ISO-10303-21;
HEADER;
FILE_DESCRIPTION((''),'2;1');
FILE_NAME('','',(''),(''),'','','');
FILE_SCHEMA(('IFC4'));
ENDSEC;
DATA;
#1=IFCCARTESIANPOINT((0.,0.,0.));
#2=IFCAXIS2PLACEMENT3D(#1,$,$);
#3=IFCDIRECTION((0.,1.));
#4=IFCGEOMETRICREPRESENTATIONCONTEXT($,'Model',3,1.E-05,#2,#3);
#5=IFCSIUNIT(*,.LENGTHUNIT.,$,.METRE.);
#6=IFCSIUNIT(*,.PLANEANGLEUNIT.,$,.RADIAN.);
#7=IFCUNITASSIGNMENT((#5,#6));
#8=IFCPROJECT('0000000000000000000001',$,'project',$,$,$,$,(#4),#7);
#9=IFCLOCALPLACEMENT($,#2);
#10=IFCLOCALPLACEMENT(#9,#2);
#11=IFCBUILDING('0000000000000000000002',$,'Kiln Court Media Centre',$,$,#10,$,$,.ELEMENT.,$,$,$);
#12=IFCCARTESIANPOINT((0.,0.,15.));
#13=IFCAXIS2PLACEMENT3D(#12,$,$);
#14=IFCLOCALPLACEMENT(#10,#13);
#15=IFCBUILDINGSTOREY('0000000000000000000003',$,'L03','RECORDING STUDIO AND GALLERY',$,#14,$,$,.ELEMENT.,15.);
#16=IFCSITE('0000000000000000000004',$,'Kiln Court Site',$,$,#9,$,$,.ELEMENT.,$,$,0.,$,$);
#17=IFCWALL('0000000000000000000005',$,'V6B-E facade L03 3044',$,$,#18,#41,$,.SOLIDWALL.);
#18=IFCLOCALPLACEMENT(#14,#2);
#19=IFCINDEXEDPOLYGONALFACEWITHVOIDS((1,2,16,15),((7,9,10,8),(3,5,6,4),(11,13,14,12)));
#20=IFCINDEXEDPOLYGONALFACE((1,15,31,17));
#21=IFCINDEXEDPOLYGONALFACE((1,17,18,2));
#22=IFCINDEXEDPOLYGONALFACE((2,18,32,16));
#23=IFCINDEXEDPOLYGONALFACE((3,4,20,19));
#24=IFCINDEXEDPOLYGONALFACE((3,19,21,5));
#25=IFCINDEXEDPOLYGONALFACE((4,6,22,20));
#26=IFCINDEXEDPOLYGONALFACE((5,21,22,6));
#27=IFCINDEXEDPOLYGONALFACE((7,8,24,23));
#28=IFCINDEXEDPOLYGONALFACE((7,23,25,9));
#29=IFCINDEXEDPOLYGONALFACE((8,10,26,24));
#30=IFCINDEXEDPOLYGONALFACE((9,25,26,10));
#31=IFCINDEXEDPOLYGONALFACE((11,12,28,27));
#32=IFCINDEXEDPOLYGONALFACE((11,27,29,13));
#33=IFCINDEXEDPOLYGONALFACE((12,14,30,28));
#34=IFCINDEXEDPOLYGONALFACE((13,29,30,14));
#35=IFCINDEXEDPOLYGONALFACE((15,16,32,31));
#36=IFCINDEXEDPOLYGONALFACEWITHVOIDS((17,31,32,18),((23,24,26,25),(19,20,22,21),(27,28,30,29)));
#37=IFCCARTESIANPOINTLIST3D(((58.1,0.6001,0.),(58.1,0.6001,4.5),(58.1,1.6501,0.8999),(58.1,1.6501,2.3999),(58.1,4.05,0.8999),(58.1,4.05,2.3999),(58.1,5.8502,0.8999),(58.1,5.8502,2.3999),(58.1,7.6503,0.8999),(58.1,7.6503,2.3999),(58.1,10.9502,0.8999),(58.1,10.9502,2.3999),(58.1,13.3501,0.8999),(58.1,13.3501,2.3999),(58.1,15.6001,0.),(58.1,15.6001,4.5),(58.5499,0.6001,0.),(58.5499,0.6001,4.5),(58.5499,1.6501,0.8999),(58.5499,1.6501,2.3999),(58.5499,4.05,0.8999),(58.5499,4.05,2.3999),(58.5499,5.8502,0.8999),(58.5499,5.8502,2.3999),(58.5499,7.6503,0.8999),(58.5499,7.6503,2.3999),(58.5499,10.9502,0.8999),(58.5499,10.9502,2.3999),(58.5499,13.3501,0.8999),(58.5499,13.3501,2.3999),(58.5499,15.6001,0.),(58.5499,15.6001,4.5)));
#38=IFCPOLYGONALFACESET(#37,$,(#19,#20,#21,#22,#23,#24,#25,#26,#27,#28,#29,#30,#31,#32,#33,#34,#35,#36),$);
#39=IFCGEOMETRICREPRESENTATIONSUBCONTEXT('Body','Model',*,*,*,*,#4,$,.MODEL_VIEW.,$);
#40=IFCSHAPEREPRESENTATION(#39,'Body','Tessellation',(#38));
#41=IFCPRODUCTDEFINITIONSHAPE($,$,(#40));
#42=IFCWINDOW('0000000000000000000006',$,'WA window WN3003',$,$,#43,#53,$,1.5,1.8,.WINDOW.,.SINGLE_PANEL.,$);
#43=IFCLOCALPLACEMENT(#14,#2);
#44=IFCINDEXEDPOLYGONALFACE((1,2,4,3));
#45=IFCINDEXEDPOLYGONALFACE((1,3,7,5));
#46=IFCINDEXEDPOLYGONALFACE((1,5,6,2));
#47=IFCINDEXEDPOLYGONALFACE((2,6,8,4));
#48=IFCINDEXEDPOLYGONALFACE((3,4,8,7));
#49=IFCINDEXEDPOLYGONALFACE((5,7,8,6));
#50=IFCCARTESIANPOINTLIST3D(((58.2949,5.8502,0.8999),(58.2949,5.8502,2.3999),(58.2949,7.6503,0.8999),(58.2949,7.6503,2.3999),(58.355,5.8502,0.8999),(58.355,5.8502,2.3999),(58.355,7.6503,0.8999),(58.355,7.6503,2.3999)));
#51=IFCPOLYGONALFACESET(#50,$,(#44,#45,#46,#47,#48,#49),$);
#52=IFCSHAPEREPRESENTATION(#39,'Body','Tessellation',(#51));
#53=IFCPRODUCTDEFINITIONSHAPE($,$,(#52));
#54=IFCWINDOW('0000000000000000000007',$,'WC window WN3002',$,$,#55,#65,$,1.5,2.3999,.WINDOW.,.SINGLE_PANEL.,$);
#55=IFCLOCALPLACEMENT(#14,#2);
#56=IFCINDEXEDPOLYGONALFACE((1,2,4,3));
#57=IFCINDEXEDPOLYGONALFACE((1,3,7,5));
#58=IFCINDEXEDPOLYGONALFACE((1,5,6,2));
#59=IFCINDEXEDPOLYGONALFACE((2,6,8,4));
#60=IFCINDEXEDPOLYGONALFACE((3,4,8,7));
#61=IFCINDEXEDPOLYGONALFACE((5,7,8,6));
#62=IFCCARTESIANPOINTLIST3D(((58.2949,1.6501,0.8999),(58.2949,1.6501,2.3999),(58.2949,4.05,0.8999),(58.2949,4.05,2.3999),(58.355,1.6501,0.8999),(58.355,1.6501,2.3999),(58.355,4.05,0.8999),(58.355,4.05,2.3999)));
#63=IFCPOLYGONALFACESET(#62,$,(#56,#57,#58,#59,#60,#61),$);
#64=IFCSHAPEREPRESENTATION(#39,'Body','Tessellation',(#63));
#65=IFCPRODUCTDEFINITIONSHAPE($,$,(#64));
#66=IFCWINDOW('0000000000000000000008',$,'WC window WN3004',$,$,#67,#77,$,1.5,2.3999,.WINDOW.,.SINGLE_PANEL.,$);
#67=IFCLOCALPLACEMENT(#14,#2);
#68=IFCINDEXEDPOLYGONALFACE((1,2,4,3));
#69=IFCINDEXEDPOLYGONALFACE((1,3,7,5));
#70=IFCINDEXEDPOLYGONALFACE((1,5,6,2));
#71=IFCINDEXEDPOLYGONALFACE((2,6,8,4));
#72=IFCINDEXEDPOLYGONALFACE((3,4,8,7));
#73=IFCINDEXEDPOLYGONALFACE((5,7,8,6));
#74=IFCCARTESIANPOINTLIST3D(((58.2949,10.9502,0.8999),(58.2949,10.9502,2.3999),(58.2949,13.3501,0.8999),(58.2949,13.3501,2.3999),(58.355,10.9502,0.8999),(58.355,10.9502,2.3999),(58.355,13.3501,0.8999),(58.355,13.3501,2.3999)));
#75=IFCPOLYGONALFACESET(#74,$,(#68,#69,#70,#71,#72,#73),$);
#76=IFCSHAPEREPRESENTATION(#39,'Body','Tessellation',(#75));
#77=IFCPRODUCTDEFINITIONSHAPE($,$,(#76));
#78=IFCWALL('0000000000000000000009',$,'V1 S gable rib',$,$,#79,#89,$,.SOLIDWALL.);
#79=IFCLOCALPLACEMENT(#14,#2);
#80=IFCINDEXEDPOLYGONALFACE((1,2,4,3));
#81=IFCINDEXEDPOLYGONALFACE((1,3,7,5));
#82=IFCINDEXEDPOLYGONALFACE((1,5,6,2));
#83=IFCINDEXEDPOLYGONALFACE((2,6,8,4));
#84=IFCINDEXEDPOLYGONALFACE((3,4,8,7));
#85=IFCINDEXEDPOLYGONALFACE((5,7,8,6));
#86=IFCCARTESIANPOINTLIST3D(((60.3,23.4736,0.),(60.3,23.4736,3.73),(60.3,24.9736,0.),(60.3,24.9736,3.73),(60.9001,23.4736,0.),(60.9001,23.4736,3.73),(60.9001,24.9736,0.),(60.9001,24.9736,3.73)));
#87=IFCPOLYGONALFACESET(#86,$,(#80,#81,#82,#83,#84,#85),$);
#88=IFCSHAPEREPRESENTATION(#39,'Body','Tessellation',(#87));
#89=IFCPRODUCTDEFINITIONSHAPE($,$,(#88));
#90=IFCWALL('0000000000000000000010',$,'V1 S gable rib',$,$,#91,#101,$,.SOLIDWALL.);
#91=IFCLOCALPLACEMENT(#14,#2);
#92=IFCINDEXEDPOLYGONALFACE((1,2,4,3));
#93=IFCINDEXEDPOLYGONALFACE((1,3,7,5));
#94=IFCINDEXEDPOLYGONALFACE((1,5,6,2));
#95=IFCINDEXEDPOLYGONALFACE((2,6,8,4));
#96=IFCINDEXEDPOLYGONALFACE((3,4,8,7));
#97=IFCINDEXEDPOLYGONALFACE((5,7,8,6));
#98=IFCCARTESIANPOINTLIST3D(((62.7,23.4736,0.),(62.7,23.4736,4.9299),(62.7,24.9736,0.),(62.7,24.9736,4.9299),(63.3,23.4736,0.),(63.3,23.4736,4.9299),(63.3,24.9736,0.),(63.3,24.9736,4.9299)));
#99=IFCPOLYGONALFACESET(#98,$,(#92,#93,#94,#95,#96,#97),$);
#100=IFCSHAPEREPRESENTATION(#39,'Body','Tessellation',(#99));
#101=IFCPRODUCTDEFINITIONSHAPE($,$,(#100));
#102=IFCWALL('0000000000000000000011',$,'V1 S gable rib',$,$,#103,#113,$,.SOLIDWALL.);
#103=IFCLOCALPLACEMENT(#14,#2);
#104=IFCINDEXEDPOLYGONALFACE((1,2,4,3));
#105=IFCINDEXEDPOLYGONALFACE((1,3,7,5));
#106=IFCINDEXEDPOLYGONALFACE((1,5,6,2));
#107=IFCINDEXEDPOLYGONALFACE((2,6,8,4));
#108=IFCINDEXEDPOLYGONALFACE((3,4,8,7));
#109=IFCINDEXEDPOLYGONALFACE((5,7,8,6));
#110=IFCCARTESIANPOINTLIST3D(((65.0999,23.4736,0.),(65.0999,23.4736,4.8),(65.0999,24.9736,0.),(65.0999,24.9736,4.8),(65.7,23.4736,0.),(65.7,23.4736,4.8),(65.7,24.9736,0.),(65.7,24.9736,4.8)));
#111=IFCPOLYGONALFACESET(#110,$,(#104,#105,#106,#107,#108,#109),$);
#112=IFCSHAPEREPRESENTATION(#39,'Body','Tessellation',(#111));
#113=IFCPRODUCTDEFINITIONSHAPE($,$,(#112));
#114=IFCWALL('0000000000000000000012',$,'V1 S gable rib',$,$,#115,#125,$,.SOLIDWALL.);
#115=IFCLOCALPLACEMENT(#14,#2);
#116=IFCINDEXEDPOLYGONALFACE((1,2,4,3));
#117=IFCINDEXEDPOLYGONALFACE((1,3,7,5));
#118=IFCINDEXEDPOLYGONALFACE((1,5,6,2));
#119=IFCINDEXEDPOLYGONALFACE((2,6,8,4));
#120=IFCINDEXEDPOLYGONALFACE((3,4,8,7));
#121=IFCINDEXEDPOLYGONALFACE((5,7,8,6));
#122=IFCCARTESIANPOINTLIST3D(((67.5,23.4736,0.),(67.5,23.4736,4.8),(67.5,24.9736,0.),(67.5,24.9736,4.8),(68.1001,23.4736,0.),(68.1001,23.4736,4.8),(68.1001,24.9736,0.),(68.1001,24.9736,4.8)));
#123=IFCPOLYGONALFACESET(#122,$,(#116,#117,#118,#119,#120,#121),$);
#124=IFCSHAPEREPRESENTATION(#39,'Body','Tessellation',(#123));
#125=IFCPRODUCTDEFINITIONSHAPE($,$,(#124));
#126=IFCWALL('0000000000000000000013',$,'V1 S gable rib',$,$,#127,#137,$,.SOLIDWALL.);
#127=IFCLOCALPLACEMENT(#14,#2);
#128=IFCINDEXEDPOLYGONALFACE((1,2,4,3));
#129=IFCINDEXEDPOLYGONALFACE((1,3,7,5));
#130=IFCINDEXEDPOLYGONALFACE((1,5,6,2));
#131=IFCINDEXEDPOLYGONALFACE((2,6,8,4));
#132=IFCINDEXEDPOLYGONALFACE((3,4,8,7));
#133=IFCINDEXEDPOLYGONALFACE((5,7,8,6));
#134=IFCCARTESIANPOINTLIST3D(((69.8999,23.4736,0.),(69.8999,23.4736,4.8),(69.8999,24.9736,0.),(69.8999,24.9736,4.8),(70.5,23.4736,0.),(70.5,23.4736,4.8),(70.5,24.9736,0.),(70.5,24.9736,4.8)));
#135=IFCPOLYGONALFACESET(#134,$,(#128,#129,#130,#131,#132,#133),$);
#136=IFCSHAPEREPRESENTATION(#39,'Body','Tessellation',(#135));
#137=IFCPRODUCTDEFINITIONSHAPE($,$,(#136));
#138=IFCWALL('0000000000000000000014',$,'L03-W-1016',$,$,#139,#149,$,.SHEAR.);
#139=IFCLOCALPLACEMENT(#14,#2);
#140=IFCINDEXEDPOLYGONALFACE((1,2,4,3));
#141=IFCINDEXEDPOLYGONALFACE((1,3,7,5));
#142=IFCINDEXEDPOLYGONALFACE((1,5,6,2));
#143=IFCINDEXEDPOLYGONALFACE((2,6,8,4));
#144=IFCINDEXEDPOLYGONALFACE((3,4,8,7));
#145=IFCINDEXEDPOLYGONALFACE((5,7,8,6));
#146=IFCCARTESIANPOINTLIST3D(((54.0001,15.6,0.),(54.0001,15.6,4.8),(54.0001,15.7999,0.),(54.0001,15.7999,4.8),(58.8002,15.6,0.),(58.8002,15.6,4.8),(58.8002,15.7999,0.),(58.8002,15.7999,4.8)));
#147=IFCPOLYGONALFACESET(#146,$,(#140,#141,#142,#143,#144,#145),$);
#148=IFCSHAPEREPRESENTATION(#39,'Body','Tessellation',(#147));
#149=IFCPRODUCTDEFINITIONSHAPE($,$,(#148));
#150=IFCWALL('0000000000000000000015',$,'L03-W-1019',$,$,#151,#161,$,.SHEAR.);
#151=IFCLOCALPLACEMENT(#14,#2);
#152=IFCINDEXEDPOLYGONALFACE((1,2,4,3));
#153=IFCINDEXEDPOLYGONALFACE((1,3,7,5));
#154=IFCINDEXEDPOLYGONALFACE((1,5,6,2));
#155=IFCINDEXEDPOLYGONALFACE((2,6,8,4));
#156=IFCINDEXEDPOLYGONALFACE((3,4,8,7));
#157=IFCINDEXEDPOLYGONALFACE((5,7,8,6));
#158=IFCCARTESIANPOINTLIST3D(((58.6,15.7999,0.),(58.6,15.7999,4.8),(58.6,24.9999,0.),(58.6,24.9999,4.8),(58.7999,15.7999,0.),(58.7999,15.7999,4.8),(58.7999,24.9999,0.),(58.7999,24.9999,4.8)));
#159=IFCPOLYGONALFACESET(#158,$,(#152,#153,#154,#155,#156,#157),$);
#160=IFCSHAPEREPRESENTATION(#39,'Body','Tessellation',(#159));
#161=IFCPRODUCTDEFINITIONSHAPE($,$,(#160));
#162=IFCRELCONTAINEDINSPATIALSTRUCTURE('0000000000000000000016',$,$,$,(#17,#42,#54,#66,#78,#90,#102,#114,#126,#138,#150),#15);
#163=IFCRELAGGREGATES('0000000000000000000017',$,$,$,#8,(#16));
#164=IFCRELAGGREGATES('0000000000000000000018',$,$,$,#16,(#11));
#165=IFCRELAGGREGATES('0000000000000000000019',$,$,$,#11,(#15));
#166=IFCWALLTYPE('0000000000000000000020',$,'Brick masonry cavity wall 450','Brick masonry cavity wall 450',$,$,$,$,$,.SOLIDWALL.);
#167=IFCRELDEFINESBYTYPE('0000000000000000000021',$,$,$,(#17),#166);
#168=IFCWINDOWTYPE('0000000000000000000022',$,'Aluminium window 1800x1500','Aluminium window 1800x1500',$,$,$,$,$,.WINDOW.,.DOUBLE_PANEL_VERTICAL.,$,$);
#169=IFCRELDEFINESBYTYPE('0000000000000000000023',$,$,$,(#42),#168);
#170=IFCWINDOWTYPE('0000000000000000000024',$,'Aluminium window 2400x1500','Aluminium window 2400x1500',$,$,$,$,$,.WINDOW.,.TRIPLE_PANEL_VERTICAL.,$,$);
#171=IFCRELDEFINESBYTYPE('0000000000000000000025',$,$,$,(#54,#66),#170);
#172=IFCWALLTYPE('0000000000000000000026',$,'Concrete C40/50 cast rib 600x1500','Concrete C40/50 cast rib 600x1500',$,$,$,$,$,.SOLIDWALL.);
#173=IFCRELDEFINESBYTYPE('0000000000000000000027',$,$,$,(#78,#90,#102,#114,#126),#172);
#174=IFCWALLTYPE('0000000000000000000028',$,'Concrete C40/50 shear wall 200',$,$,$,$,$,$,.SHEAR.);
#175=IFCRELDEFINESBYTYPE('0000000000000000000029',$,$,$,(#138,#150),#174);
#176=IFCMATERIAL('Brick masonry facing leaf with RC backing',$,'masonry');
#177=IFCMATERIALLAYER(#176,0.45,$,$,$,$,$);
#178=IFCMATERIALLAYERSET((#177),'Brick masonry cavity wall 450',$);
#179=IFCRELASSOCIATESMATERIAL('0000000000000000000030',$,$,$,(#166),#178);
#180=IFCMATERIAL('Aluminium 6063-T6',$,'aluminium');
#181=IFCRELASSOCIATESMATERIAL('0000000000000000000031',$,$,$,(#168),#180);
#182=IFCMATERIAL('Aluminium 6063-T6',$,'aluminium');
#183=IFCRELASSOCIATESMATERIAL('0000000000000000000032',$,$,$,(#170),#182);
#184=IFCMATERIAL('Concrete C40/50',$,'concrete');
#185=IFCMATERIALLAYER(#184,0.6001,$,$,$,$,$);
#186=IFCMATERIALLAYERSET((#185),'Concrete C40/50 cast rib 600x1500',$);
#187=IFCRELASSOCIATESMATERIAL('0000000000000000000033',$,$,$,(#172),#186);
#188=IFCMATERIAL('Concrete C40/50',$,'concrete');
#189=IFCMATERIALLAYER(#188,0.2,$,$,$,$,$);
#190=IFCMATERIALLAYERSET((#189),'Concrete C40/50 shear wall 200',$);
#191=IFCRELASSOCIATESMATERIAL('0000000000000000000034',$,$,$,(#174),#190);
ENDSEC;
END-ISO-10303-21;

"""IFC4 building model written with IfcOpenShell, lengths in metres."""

from ifc_helpers import new_model, si_unit, direction, frame, frame_2d, origin, place, context, subcontext, project, spatial, rectangle, extrude, material, layer, layer_set, type_object, element, fill, save


model = new_model("IFC4")

# Units and contexts
model_context = context("Model", 3, precision=1e-05, world=origin(), true_north=direction((0.0, 1.0)))
body_context = subcontext(model_context, "Body", "Model", "MODEL_VIEW")
ifc_project = project(units=[si_unit("LENGTHUNIT", "METRE"), si_unit("PLANEANGLEUNIT", "RADIAN")], contexts=[model_context])

# Site, building, storey
site_placement = place(None, origin())
site = spatial("IfcSite", under=ifc_project, at=site_placement, Name="Kiln Court Site", CompositionType="ELEMENT", RefElevation=0.0)
building_placement = place(site_placement, origin())
building = spatial("IfcBuilding", under=site, at=building_placement, Name="Kiln Court Media Centre", CompositionType="ELEMENT")
storey_placement = place(building_placement, frame((0.0, 0.0, 15.0)))
storey = spatial("IfcBuildingStorey", under=building, at=storey_placement, Name="L03", Description="RECORDING STUDIO AND GALLERY", CompositionType="ELEMENT", Elevation=15.0)

# Wall, openings, windows
ifc_material_1 = material(Name="Brick masonry facing leaf with RC backing", Category="masonry")
ifc_layer_1 = layer(ifc_material_1, 0.45)
ifc_layer_set_1 = layer_set([ifc_layer_1], Name="Brick masonry cavity wall 450")
wall_type_1 = type_object("IfcWallType", Name="Brick masonry cavity wall 450", Description="Brick masonry cavity wall 450", PredefinedType="SOLIDWALL", material=ifc_layer_set_1)
wall_1_placement = place(storey_placement, frame((58.325, 15.6001, 0.0), z_axis=(0.0, 0.0, 1.0), x_axis=(0.0, -1.0, 0.0)))
wall_1 = element("IfcWall", 1, at=wall_1_placement, inside=storey, type_object=wall_type_1, Name="V6B-E facade L03 3044", PredefinedType="SOLIDWALL", context=body_context, shape_type="SweptSolid", body=[
    extrude(rectangle(XDim=15.0, YDim=0.45, at=frame_2d((7.5, 0.0))), origin(), (0.0, 0.0, 1.0), 4.5),
])
opening_1_placement = place(wall_1_placement, frame((11.55, 0.0, 0.8999)))
opening_1 = element("IfcOpeningElement", 2, at=opening_1_placement, cuts=wall_1, PredefinedType="OPENING", context=body_context, shape_type="SweptSolid", body=[
    extrude(rectangle(XDim=2.3999, YDim=1.5, at=frame_2d((1.2, 0.75))), frame((0.0, 0.2349, 0.0), z_axis=(0.0, -1.0, 0.0), x_axis=(1.0, 0.0, 0.0)), (0.0, 0.0, 1.0), 0.47),
])
opening_2_placement = place(wall_1_placement, frame((7.95, 0.0, 0.8999)))
opening_2 = element("IfcOpeningElement", 3, at=opening_2_placement, cuts=wall_1, PredefinedType="OPENING", context=body_context, shape_type="SweptSolid", body=[
    extrude(rectangle(XDim=1.8, YDim=1.5, at=frame_2d((0.8999, 0.75))), frame((0.0, 0.2349, 0.0), z_axis=(0.0, -1.0, 0.0), x_axis=(1.0, 0.0, 0.0)), (0.0, 0.0, 1.0), 0.47),
])
opening_3_placement = place(wall_1_placement, frame((2.25, 0.0, 0.8999)))
opening_3 = element("IfcOpeningElement", 4, at=opening_3_placement, cuts=wall_1, PredefinedType="OPENING", context=body_context, shape_type="SweptSolid", body=[
    extrude(rectangle(XDim=2.3999, YDim=1.5, at=frame_2d((1.2, 0.75))), frame((0.0, 0.2349, 0.0), z_axis=(0.0, -1.0, 0.0), x_axis=(1.0, 0.0, 0.0)), (0.0, 0.0, 1.0), 0.47),
])
ifc_material_2 = material(Name="Aluminium 6063-T6", Category="aluminium")
window_type_1 = type_object("IfcWindowType", Name="Aluminium window 1800x1500", Description="Aluminium window 1800x1500", PartitioningType="DOUBLE_PANEL_VERTICAL", PredefinedType="WINDOW", material=ifc_material_2)
window_1_placement = place(opening_2_placement, origin())
window_1 = element("IfcWindow", 5, at=window_1_placement, inside=storey, type_object=window_type_1, Name="WA window WN3003", OverallHeight=1.5, OverallWidth=1.8, PartitioningType="SINGLE_PANEL", PredefinedType="WINDOW", context=body_context, shape_type="SweptSolid", body=[
    extrude(rectangle(XDim=1.8, YDim=1.5, at=frame_2d((0.8999, 0.75))), frame((0.0, 0.03, 0.0), z_axis=(0.0, -1.0, 0.0), x_axis=(1.0, 0.0, 0.0)), (0.0, 0.0, 1.0), 0.0601),
])
fill(opening_2, window_1)
ifc_material_3 = material(Name="Aluminium 6063-T6", Category="aluminium")
window_type_2 = type_object("IfcWindowType", Name="Aluminium window 2400x1500", Description="Aluminium window 2400x1500", PartitioningType="TRIPLE_PANEL_VERTICAL", PredefinedType="WINDOW", material=ifc_material_3)
window_2_placement = place(opening_1_placement, origin())
window_2 = element("IfcWindow", 6, at=window_2_placement, inside=storey, type_object=window_type_2, Name="WC window WN3002", OverallHeight=1.5, OverallWidth=2.3999, PartitioningType="SINGLE_PANEL", PredefinedType="WINDOW", context=body_context, shape_type="SweptSolid", body=[
    extrude(rectangle(XDim=2.3999, YDim=1.5, at=frame_2d((1.2, 0.75))), frame((0.0, 0.03, 0.0), z_axis=(0.0, -1.0, 0.0), x_axis=(1.0, 0.0, 0.0)), (0.0, 0.0, 1.0), 0.0601),
])
fill(opening_1, window_2)
window_3_placement = place(opening_3_placement, origin())
window_3 = element("IfcWindow", 7, at=window_3_placement, inside=storey, type_object=window_type_2, Name="WC window WN3004", OverallHeight=1.5, OverallWidth=2.3999, PartitioningType="SINGLE_PANEL", PredefinedType="WINDOW", context=body_context, shape_type="SweptSolid", body=[
    extrude(rectangle(XDim=2.3999, YDim=1.5, at=frame_2d((1.2, 0.75))), frame((0.0, 0.03, 0.0), z_axis=(0.0, -1.0, 0.0), x_axis=(1.0, 0.0, 0.0)), (0.0, 0.0, 1.0), 0.0601),
])
fill(opening_3, window_3)

# Walls
ifc_material_4 = material(Name="Concrete C40/50", Category="concrete")
ifc_layer_2 = layer(ifc_material_4, 0.6001)
ifc_layer_set_2 = layer_set([ifc_layer_2], Name="Concrete C40/50 cast rib 600x1500")
wall_type_2 = type_object("IfcWallType", Name="Concrete C40/50 cast rib 600x1500", Description="Concrete C40/50 cast rib 600x1500", PredefinedType="SOLIDWALL", material=ifc_layer_set_2)
wall_2_placement = place(storey_placement, frame((60.6001, 24.9736, 0.0), z_axis=(0.0, 0.0, 1.0), x_axis=(0.0, -1.0, 0.0)))
element("IfcWall", 8, at=wall_2_placement, inside=storey, type_object=wall_type_2, Name="V1 S gable rib", PredefinedType="SOLIDWALL", context=body_context, shape_type="SweptSolid", body=[
    extrude(rectangle(XDim=1.5, YDim=0.6001, at=frame_2d((0.75, 0.0))), origin(), (0.0, 0.0, 1.0), 3.73),
])
wall_3_placement = place(storey_placement, frame((63.0, 24.9736, 0.0), z_axis=(0.0, 0.0, 1.0), x_axis=(0.0, -1.0, 0.0)))
element("IfcWall", 9, at=wall_3_placement, inside=storey, type_object=wall_type_2, Name="V1 S gable rib", PredefinedType="SOLIDWALL", context=body_context, shape_type="SweptSolid", body=[
    extrude(rectangle(XDim=1.5, YDim=0.6001, at=frame_2d((0.75, 0.0))), origin(), (0.0, 0.0, 1.0), 4.9299),
])
for number, where, z_axis, x_axis, name in (
    (10, (65.3999, 24.9736, 0.0), (0.0, 0.0, 1.0), (0.0, -1.0, 0.0), "V1 S gable rib"),
    (11, (67.8, 24.9736, 0.0), (0.0, 0.0, 1.0), (0.0, -1.0, 0.0), "V1 S gable rib"),
    (12, (70.2, 24.9736, 0.0), (0.0, 0.0, 1.0), (0.0, -1.0, 0.0), "V1 S gable rib"),
):
    element("IfcWall", number, at=place(storey_placement, frame(where, z_axis=z_axis, x_axis=x_axis)), inside=storey, type_object=wall_type_2, Name=name, PredefinedType="SOLIDWALL", context=body_context, shape_type="SweptSolid", body=[
        extrude(rectangle(XDim=1.5, YDim=0.6001, at=frame_2d((0.75, 0.0))), origin(), (0.0, 0.0, 1.0), 4.8),
    ])
ifc_material_5 = material(Name="Concrete C40/50", Category="concrete")
ifc_layer_3 = layer(ifc_material_5, 0.2)
ifc_layer_set_3 = layer_set([ifc_layer_3], Name="Concrete C40/50 shear wall 200")
wall_type_3 = type_object("IfcWallType", Name="Concrete C40/50 shear wall 200", PredefinedType="SHEAR", material=ifc_layer_set_3)
wall_4_placement = place(storey_placement, frame((58.8, 15.7, 0.0), z_axis=(0.0, 0.0, 1.0), x_axis=(-1.0, 0.0, 0.0)))
element("IfcWall", 13, at=wall_4_placement, inside=storey, type_object=wall_type_3, Name="L03-W-1016", PredefinedType="SHEAR", context=body_context, shape_type="SweptSolid", body=[
    extrude(rectangle(XDim=4.8, YDim=0.2, at=frame_2d((2.3999, 0.0))), origin(), (0.0, 0.0, 1.0), 4.8),
])
wall_5_placement = place(storey_placement, frame((58.7, 25.0, 0.0), z_axis=(0.0, 0.0, 1.0), x_axis=(0.0, -1.0, 0.0)))
element("IfcWall", 14, at=wall_5_placement, inside=storey, type_object=wall_type_3, Name="L03-W-1019", PredefinedType="SHEAR", context=body_context, shape_type="SweptSolid", body=[
    extrude(rectangle(XDim=9.2, YDim=0.2, at=frame_2d((4.6001, 0.0))), origin(), (0.0, 0.0, 1.0), 4.8),
])

save(model, "model.ifc")
